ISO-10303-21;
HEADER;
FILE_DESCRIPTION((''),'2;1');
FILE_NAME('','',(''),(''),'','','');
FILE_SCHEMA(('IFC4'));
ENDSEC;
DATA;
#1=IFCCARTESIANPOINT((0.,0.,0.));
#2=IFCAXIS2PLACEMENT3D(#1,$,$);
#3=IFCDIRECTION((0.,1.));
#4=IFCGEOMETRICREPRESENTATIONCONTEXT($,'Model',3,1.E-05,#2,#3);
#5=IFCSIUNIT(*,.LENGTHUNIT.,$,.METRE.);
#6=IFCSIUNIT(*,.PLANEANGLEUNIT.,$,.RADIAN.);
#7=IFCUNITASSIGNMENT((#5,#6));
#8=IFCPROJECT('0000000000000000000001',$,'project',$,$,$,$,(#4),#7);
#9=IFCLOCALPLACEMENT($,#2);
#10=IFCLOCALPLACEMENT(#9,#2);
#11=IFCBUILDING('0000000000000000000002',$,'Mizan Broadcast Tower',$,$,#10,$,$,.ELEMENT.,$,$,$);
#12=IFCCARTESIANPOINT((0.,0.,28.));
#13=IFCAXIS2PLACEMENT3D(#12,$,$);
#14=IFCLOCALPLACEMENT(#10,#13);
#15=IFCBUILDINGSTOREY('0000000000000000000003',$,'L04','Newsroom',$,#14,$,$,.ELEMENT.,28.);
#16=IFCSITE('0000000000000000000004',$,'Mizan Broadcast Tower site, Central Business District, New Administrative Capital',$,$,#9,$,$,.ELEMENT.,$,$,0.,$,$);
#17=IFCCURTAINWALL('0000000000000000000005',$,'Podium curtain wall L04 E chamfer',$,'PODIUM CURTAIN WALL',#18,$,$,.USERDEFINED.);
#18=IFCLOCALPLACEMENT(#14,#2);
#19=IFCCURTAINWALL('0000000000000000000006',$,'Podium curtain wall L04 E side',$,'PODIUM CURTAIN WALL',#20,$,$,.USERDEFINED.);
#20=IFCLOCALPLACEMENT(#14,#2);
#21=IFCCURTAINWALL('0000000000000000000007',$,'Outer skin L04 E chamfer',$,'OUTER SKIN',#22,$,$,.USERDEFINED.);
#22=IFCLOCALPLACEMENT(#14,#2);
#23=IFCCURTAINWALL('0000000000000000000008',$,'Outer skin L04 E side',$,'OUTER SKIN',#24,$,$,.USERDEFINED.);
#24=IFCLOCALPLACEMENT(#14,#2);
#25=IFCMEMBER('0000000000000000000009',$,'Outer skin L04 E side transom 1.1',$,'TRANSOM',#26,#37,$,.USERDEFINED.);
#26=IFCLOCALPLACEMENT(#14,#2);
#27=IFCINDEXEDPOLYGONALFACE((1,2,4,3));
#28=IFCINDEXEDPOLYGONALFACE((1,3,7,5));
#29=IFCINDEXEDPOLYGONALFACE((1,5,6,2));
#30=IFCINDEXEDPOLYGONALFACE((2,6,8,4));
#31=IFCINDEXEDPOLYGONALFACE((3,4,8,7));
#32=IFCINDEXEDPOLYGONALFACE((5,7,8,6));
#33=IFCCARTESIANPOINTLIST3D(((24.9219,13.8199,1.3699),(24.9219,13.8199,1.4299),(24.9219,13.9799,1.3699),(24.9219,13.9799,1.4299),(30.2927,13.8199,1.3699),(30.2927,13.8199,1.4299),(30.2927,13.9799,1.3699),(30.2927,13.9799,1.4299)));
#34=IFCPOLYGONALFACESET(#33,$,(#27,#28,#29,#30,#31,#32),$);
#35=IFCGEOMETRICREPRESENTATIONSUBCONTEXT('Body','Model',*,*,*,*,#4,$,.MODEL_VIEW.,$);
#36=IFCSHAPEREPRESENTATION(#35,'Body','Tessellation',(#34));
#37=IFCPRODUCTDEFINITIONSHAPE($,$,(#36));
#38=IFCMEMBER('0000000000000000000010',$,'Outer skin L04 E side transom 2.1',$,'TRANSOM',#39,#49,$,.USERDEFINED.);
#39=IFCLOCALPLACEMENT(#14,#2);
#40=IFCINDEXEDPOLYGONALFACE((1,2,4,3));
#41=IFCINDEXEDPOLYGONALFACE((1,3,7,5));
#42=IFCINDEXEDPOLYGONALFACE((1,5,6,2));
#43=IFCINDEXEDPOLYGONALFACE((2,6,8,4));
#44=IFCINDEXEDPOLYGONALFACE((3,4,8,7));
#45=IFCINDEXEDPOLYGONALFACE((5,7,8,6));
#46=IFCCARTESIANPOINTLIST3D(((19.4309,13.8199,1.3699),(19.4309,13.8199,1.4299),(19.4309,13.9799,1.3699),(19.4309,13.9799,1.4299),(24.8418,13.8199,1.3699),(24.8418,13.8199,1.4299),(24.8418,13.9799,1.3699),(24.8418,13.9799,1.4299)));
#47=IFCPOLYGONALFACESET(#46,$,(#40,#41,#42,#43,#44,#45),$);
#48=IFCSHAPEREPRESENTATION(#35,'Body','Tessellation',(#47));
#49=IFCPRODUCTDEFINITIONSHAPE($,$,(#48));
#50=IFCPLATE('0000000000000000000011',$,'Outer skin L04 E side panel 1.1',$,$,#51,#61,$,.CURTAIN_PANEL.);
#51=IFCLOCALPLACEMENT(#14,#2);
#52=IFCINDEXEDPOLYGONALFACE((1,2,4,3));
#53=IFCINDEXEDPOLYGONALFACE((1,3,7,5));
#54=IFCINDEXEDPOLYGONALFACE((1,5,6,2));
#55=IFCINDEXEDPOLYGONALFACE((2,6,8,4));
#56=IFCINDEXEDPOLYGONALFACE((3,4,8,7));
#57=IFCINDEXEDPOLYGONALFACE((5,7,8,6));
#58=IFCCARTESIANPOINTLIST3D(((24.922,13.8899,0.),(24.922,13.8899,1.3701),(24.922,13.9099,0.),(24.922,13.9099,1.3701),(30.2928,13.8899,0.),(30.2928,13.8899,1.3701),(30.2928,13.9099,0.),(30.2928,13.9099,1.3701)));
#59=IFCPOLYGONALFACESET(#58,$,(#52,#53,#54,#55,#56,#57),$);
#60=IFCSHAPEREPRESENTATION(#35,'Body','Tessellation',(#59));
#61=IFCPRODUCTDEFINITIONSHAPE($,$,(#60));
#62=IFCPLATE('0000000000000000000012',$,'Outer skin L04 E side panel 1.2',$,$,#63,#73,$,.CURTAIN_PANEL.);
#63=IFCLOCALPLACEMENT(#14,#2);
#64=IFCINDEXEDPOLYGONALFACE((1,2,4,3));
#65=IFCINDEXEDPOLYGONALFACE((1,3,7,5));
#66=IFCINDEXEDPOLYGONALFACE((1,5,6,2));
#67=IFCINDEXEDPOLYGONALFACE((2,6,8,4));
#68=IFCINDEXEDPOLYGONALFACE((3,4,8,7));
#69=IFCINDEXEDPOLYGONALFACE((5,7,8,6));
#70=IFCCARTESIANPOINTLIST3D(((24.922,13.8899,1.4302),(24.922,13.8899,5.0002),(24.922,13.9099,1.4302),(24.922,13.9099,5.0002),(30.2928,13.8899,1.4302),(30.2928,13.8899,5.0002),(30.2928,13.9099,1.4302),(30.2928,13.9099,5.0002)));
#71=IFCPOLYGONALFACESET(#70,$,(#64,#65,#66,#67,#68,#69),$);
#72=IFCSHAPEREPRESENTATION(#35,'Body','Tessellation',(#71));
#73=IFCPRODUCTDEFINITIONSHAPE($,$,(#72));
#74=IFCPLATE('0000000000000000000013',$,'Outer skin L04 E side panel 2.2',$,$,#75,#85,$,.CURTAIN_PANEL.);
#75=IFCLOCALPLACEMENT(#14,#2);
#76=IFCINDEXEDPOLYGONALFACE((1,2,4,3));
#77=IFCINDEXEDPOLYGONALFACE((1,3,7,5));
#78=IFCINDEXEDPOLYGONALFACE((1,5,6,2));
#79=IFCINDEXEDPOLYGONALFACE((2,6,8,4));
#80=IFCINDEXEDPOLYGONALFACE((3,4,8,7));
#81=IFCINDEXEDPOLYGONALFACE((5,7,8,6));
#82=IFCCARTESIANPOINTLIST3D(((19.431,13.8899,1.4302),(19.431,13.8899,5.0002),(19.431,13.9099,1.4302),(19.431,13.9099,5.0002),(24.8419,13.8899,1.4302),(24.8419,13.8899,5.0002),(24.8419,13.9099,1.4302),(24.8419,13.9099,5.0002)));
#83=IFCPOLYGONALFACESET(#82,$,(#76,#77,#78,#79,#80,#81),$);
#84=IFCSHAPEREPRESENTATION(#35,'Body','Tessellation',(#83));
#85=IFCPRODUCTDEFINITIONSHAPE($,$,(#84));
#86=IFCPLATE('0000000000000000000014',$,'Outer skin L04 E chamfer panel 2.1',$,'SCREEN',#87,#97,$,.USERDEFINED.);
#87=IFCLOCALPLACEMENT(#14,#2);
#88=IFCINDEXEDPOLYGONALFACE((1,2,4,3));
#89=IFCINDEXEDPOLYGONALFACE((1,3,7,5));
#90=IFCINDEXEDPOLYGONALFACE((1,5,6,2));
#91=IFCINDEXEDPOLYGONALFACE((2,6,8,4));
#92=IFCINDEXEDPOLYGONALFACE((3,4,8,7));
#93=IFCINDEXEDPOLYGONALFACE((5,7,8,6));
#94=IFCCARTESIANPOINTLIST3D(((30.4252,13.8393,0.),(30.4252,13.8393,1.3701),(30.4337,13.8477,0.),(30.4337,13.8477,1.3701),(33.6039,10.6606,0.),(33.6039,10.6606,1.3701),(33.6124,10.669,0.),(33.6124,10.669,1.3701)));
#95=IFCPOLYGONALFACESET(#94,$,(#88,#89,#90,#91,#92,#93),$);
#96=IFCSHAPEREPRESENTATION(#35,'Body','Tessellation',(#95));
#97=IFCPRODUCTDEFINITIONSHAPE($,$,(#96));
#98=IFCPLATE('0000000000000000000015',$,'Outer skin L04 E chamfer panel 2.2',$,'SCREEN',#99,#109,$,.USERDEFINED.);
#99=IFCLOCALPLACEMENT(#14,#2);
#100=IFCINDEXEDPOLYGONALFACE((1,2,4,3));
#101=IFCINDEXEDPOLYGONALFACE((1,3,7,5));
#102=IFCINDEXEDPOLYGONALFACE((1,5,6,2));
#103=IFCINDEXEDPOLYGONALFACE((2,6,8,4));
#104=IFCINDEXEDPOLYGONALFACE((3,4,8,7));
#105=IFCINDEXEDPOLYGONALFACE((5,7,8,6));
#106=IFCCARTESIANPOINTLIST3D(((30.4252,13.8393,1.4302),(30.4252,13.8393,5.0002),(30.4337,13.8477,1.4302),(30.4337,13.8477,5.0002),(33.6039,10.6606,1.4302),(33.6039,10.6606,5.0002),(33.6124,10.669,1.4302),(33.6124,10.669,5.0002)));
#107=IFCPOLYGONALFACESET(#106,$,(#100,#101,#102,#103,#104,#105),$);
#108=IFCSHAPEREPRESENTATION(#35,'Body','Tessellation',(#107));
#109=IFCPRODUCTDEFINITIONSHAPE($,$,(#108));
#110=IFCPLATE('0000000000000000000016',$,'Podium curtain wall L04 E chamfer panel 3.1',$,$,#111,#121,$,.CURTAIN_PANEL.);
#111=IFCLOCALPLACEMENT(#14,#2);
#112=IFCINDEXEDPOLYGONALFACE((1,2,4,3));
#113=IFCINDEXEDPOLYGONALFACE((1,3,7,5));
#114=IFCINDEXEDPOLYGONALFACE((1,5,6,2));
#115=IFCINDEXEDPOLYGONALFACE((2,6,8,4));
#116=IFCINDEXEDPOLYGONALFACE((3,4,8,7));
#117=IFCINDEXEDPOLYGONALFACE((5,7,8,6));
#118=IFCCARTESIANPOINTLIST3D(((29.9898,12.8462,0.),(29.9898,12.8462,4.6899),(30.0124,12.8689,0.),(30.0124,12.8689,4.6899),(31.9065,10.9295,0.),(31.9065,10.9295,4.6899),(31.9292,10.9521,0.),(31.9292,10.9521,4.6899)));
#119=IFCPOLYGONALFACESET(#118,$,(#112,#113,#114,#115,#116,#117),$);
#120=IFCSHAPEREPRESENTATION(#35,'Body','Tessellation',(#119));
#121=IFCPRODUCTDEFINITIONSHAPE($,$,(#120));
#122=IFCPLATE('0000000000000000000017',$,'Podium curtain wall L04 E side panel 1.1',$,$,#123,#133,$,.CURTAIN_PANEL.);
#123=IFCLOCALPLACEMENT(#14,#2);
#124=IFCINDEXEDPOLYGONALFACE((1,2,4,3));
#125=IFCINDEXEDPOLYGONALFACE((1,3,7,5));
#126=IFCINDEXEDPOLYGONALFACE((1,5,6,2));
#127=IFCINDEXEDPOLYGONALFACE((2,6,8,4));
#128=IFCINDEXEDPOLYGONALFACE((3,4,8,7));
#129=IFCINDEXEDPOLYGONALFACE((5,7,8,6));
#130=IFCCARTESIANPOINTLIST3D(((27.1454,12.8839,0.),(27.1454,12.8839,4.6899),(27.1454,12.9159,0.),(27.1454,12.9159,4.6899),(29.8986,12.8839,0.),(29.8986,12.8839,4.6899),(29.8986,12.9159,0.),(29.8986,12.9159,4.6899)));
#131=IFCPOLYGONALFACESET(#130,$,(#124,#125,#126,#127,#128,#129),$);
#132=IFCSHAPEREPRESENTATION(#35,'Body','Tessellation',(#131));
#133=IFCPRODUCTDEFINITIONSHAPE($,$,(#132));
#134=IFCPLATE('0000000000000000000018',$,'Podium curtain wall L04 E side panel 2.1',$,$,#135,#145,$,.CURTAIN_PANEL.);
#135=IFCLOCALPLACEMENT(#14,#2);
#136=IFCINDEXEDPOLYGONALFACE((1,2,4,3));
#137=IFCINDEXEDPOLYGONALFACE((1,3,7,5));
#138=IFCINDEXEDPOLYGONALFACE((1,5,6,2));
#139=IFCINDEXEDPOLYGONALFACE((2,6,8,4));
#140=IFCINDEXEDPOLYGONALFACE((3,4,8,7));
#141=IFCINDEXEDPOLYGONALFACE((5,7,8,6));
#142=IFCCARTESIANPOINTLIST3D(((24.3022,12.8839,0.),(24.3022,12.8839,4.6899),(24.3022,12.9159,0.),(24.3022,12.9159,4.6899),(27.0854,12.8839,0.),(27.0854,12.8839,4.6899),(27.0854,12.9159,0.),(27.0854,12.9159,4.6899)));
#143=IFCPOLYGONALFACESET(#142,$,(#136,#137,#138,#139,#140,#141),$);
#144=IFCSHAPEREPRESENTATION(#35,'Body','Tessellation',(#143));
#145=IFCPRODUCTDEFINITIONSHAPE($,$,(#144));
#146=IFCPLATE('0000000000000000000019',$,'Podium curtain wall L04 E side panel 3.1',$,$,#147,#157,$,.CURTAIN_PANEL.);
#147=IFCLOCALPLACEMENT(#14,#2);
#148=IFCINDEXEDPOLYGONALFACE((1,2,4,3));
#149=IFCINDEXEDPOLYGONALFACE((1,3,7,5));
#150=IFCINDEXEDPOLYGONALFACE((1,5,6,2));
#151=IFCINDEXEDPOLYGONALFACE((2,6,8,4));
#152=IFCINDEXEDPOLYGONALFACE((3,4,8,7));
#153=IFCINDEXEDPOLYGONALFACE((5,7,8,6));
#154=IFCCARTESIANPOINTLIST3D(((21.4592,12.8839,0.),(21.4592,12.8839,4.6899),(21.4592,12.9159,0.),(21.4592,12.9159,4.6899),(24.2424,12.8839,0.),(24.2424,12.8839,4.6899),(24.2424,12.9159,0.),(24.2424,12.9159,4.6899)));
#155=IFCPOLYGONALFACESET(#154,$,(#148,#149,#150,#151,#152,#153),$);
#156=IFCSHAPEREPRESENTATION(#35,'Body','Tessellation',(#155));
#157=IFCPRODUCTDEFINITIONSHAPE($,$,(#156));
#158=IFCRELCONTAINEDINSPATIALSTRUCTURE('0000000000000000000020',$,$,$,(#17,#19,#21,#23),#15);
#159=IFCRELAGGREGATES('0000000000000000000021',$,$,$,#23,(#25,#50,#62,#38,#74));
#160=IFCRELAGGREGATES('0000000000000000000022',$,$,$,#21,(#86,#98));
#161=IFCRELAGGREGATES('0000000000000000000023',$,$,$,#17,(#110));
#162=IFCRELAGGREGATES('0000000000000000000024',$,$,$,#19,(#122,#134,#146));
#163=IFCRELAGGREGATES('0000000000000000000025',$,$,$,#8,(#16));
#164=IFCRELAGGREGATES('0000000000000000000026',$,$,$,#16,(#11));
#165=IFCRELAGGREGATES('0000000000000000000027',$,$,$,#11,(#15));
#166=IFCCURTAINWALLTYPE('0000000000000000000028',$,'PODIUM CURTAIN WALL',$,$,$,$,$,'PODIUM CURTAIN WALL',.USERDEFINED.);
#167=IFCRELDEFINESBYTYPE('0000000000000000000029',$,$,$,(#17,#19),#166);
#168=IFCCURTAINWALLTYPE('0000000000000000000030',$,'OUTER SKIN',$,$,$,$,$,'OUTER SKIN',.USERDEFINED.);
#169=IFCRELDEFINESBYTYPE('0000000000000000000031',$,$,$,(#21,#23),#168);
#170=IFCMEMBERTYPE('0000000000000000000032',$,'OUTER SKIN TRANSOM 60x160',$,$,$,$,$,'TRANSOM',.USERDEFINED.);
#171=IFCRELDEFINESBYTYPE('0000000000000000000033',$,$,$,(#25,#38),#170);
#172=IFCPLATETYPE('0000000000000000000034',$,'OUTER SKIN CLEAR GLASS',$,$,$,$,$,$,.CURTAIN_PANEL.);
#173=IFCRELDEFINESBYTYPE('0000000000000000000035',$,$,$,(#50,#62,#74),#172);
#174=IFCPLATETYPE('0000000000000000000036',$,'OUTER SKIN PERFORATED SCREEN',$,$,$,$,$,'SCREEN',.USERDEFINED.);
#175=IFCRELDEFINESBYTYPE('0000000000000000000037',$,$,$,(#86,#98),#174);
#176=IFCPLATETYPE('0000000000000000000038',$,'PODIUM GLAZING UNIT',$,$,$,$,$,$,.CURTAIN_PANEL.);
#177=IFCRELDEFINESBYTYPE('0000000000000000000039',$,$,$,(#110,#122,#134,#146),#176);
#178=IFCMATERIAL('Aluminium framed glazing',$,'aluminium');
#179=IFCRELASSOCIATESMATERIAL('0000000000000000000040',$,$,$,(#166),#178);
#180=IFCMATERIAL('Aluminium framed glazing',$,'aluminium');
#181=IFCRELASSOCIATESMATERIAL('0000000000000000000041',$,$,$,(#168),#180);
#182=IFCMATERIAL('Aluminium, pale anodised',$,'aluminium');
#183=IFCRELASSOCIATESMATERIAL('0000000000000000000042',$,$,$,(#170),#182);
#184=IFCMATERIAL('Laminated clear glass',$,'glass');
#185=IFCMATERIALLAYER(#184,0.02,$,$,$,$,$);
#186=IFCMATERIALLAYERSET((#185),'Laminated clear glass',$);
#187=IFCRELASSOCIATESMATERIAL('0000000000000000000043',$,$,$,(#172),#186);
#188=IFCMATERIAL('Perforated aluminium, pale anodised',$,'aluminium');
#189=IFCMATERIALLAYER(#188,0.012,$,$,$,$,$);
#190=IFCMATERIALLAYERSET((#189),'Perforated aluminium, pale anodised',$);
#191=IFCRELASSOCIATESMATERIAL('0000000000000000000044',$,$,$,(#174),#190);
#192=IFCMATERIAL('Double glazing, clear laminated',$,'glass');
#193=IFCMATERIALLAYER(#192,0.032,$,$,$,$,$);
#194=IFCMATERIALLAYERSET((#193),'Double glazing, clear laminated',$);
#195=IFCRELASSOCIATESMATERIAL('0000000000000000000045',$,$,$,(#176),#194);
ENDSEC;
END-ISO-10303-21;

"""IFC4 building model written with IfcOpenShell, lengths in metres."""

from ifc_helpers import new_model, si_unit, direction, frame, origin, origin_2d, place, context, subcontext, project, spatial, rectangle, extrude, material, layer, layer_set, material_profile, profile_set, type_object, element, aggregate, save


model = new_model("IFC4")

# Units and contexts
model_context = context("Model", 3, precision=1e-05, world=origin(), true_north=direction((0.0, 1.0)))
body_context = subcontext(model_context, "Body", "Model", "MODEL_VIEW")
ifc_project = project(units=[si_unit("LENGTHUNIT", "METRE"), si_unit("PLANEANGLEUNIT", "RADIAN")], contexts=[model_context])

# Site, building, storey
site_placement = place(None, origin())
site = spatial("IfcSite", under=ifc_project, at=site_placement, Name="Mizan Broadcast Tower site, Central Business District, New Administrative Capital", CompositionType="ELEMENT", RefElevation=0.0)
building_placement = place(site_placement, origin())
building = spatial("IfcBuilding", under=site, at=building_placement, Name="Mizan Broadcast Tower", CompositionType="ELEMENT")
storey_placement = place(building_placement, frame((0.0, 0.0, 28.0)))
storey = spatial("IfcBuildingStorey", under=building, at=storey_placement, Name="L04", Description="Newsroom", CompositionType="ELEMENT", Elevation=28.0)

# Curtain walls
ifc_material_1 = material(Name="Aluminium framed glazing", Category="aluminium")
curtain_wall_type_1 = type_object("IfcCurtainWallType", Name="PODIUM CURTAIN WALL", ElementType="PODIUM CURTAIN WALL", PredefinedType="USERDEFINED", material=ifc_material_1)
curtain_wall_1_placement = place(storey_placement, origin())
curtain_wall_1 = element("IfcCurtainWall", 1, at=curtain_wall_1_placement, inside=storey, type_object=curtain_wall_type_1, Name="Podium curtain wall L04 E chamfer", ObjectType="PODIUM CURTAIN WALL", PredefinedType="USERDEFINED")
curtain_wall_2_placement = place(storey_placement, origin())
curtain_wall_2 = element("IfcCurtainWall", 2, at=curtain_wall_2_placement, inside=storey, type_object=curtain_wall_type_1, Name="Podium curtain wall L04 E side", ObjectType="PODIUM CURTAIN WALL", PredefinedType="USERDEFINED")

# Curtain walls
ifc_material_2 = material(Name="Aluminium framed glazing", Category="aluminium")
curtain_wall_type_2 = type_object("IfcCurtainWallType", Name="OUTER SKIN", ElementType="OUTER SKIN", PredefinedType="USERDEFINED", material=ifc_material_2)
curtain_wall_3_placement = place(storey_placement, origin())
curtain_wall_3 = element("IfcCurtainWall", 3, at=curtain_wall_3_placement, inside=storey, type_object=curtain_wall_type_2, Name="Outer skin L04 E chamfer", ObjectType="OUTER SKIN", PredefinedType="USERDEFINED")
curtain_wall_4_placement = place(storey_placement, origin())
curtain_wall_4 = element("IfcCurtainWall", 4, at=curtain_wall_4_placement, inside=storey, type_object=curtain_wall_type_2, Name="Outer skin L04 E side", ObjectType="OUTER SKIN", PredefinedType="USERDEFINED")

# Members
ifc_material_3 = material(Name="Aluminium, pale anodised", Category="aluminium")
ifc_material_profile_1 = material_profile(ifc_material_3, rectangle(XDim=0.1599, YDim=0.0601, at=origin_2d()), Name="TRANSOM 160x60")
ifc_profile_set_1 = profile_set([ifc_material_profile_1], Name="Aluminium, pale anodised")
member_type_1 = type_object("IfcMemberType", Name="OUTER SKIN TRANSOM 60x160", ElementType="TRANSOM", PredefinedType="USERDEFINED", material=ifc_profile_set_1)
member_1_placement = place(storey_placement, frame((30.2927, 13.8999, 1.3999), z_axis=(-1.0, 0.0, 0.0), x_axis=(0.0, -1.0, 0.0)))
member_1 = element("IfcMember", 5, at=member_1_placement, type_object=member_type_1, Name="Outer skin L04 E side transom 1.1", ObjectType="TRANSOM", PredefinedType="USERDEFINED", context=body_context, shape_type="SweptSolid", body=[
    extrude(rectangle(XDim=0.1599, YDim=0.0601, at=origin_2d()), origin(), (0.0, 0.0, 1.0), 5.3708),
])
member_2_placement = place(storey_placement, frame((24.8418, 13.8999, 1.3999), z_axis=(-1.0, 0.0, 0.0), x_axis=(0.0, -1.0, 0.0)))
member_2 = element("IfcMember", 6, at=member_2_placement, type_object=member_type_1, Name="Outer skin L04 E side transom 2.1", ObjectType="TRANSOM", PredefinedType="USERDEFINED", context=body_context, shape_type="SweptSolid", body=[
    extrude(rectangle(XDim=0.1599, YDim=0.0601, at=origin_2d()), origin(), (0.0, 0.0, 1.0), 5.4109),
])

# Plates
ifc_material_4 = material(Name="Laminated clear glass", Category="glass")
ifc_layer_1 = layer(ifc_material_4, 0.02)
ifc_layer_set_1 = layer_set([ifc_layer_1], Name="Laminated clear glass")
plate_type_1 = type_object("IfcPlateType", Name="OUTER SKIN CLEAR GLASS", PredefinedType="CURTAIN_PANEL", material=ifc_layer_set_1)
plate_1_placement = place(storey_placement, frame((27.6074, 13.8999, 0.0), z_axis=(0.0, 0.0, 1.0), x_axis=(-1.0, 0.0, 0.0)))
plate_1 = element("IfcPlate", 7, at=plate_1_placement, type_object=plate_type_1, Name="Outer skin L04 E side panel 1.1", PredefinedType="CURTAIN_PANEL", context=body_context, shape_type="SweptSolid", body=[
    extrude(rectangle(XDim=5.3708, YDim=0.02, at=origin_2d()), origin(), (0.0, 0.0, 1.0), 1.3701),
])
plate_2_placement = place(storey_placement, frame((27.6074, 13.8999, 1.4302), z_axis=(0.0, 0.0, 1.0), x_axis=(-1.0, 0.0, 0.0)))
plate_2 = element("IfcPlate", 8, at=plate_2_placement, type_object=plate_type_1, Name="Outer skin L04 E side panel 1.2", PredefinedType="CURTAIN_PANEL", context=body_context, shape_type="SweptSolid", body=[
    extrude(rectangle(XDim=5.3708, YDim=0.02, at=origin_2d()), origin(), (0.0, 0.0, 1.0), 3.5701),
])
plate_3_placement = place(storey_placement, frame((22.1365, 13.8999, 1.4302), z_axis=(0.0, 0.0, 1.0), x_axis=(-1.0, 0.0, 0.0)))
plate_3 = element("IfcPlate", 9, at=plate_3_placement, type_object=plate_type_1, Name="Outer skin L04 E side panel 2.2", PredefinedType="CURTAIN_PANEL", context=body_context, shape_type="SweptSolid", body=[
    extrude(rectangle(XDim=5.4109, YDim=0.02, at=origin_2d()), origin(), (0.0, 0.0, 1.0), 3.5701),
])
aggregate(curtain_wall_4, [member_1, plate_1, plate_2, member_2, plate_3])
ifc_material_5 = material(Name="Perforated aluminium, pale anodised", Category="aluminium")
ifc_layer_2 = layer(ifc_material_5, 0.012)
ifc_layer_set_2 = layer_set([ifc_layer_2], Name="Perforated aluminium, pale anodised")
plate_type_2 = type_object("IfcPlateType", Name="OUTER SKIN PERFORATED SCREEN", ElementType="SCREEN", PredefinedType="USERDEFINED", material=ifc_layer_set_2)
plate_4_placement = place(storey_placement, frame((32.0188, 12.2542, 0.0), z_axis=(0.0, 0.0, 1.0), x_axis=(-0.707107, 0.707107, 0.0)))
plate_4 = element("IfcPlate", 10, at=plate_4_placement, type_object=plate_type_2, Name="Outer skin L04 E chamfer panel 2.1", ObjectType="SCREEN", PredefinedType="USERDEFINED", context=body_context, shape_type="SweptSolid", body=[
    extrude(rectangle(XDim=4.4954, YDim=0.012, at=origin_2d()), origin(), (0.0, 0.0, 1.0), 1.3701),
])
plate_5_placement = place(storey_placement, frame((32.0188, 12.2542, 1.4302), z_axis=(0.0, 0.0, 1.0), x_axis=(-0.707107, 0.707107, 0.0)))
plate_5 = element("IfcPlate", 11, at=plate_5_placement, type_object=plate_type_2, Name="Outer skin L04 E chamfer panel 2.2", ObjectType="SCREEN", PredefinedType="USERDEFINED", context=body_context, shape_type="SweptSolid", body=[
    extrude(rectangle(XDim=4.4954, YDim=0.012, at=origin_2d()), origin(), (0.0, 0.0, 1.0), 3.5701),
])
aggregate(curtain_wall_3, [plate_4, plate_5])
ifc_material_6 = material(Name="Double glazing, clear laminated", Category="glass")
ifc_layer_3 = layer(ifc_material_6, 0.032)
ifc_layer_set_3 = layer_set([ifc_layer_3], Name="Double glazing, clear laminated")
plate_type_3 = type_object("IfcPlateType", Name="PODIUM GLAZING UNIT", PredefinedType="CURTAIN_PANEL", material=ifc_layer_set_3)
plate_6_placement = place(storey_placement, frame((30.9595, 11.8992, 0.0), z_axis=(0.0, 0.0, 1.0), x_axis=(-0.707107, 0.707107, 0.0)))
plate_6 = element("IfcPlate", 12, at=plate_6_placement, type_object=plate_type_3, Name="Podium curtain wall L04 E chamfer panel 3.1", PredefinedType="CURTAIN_PANEL", context=body_context, shape_type="SweptSolid", body=[
    extrude(rectangle(XDim=2.7107, YDim=0.032, at=origin_2d()), origin(), (0.0, 0.0, 1.0), 4.6899),
])
aggregate(curtain_wall_1, [plate_6])
plate_7_placement = place(storey_placement, frame((28.522, 12.8999, 0.0), z_axis=(0.0, 0.0, 1.0), x_axis=(-1.0, 0.0, 0.0)))
plate_7 = element("IfcPlate", 13, at=plate_7_placement, type_object=plate_type_3, Name="Podium curtain wall L04 E side panel 1.1", PredefinedType="CURTAIN_PANEL", context=body_context, shape_type="SweptSolid", body=[
    extrude(rectangle(XDim=2.7532, YDim=0.032, at=origin_2d()), origin(), (0.0, 0.0, 1.0), 4.6899),
])
plate_8_placement = place(storey_placement, frame((25.6938, 12.8999, 0.0), z_axis=(0.0, 0.0, 1.0), x_axis=(-1.0, 0.0, 0.0)))
plate_8 = element("IfcPlate", 14, at=plate_8_placement, type_object=plate_type_3, Name="Podium curtain wall L04 E side panel 2.1", PredefinedType="CURTAIN_PANEL", context=body_context, shape_type="SweptSolid", body=[
    extrude(rectangle(XDim=2.7832, YDim=0.032, at=origin_2d()), origin(), (0.0, 0.0, 1.0), 4.6899),
])
plate_9_placement = place(storey_placement, frame((22.8508, 12.8999, 0.0), z_axis=(0.0, 0.0, 1.0), x_axis=(-1.0, 0.0, 0.0)))
plate_9 = element("IfcPlate", 15, at=plate_9_placement, type_object=plate_type_3, Name="Podium curtain wall L04 E side panel 3.1", PredefinedType="CURTAIN_PANEL", context=body_context, shape_type="SweptSolid", body=[
    extrude(rectangle(XDim=2.7832, YDim=0.032, at=origin_2d()), origin(), (0.0, 0.0, 1.0), 4.6899),
])
aggregate(curtain_wall_2, [plate_7, plate_8, plate_9])

save(model, "model.ifc")
